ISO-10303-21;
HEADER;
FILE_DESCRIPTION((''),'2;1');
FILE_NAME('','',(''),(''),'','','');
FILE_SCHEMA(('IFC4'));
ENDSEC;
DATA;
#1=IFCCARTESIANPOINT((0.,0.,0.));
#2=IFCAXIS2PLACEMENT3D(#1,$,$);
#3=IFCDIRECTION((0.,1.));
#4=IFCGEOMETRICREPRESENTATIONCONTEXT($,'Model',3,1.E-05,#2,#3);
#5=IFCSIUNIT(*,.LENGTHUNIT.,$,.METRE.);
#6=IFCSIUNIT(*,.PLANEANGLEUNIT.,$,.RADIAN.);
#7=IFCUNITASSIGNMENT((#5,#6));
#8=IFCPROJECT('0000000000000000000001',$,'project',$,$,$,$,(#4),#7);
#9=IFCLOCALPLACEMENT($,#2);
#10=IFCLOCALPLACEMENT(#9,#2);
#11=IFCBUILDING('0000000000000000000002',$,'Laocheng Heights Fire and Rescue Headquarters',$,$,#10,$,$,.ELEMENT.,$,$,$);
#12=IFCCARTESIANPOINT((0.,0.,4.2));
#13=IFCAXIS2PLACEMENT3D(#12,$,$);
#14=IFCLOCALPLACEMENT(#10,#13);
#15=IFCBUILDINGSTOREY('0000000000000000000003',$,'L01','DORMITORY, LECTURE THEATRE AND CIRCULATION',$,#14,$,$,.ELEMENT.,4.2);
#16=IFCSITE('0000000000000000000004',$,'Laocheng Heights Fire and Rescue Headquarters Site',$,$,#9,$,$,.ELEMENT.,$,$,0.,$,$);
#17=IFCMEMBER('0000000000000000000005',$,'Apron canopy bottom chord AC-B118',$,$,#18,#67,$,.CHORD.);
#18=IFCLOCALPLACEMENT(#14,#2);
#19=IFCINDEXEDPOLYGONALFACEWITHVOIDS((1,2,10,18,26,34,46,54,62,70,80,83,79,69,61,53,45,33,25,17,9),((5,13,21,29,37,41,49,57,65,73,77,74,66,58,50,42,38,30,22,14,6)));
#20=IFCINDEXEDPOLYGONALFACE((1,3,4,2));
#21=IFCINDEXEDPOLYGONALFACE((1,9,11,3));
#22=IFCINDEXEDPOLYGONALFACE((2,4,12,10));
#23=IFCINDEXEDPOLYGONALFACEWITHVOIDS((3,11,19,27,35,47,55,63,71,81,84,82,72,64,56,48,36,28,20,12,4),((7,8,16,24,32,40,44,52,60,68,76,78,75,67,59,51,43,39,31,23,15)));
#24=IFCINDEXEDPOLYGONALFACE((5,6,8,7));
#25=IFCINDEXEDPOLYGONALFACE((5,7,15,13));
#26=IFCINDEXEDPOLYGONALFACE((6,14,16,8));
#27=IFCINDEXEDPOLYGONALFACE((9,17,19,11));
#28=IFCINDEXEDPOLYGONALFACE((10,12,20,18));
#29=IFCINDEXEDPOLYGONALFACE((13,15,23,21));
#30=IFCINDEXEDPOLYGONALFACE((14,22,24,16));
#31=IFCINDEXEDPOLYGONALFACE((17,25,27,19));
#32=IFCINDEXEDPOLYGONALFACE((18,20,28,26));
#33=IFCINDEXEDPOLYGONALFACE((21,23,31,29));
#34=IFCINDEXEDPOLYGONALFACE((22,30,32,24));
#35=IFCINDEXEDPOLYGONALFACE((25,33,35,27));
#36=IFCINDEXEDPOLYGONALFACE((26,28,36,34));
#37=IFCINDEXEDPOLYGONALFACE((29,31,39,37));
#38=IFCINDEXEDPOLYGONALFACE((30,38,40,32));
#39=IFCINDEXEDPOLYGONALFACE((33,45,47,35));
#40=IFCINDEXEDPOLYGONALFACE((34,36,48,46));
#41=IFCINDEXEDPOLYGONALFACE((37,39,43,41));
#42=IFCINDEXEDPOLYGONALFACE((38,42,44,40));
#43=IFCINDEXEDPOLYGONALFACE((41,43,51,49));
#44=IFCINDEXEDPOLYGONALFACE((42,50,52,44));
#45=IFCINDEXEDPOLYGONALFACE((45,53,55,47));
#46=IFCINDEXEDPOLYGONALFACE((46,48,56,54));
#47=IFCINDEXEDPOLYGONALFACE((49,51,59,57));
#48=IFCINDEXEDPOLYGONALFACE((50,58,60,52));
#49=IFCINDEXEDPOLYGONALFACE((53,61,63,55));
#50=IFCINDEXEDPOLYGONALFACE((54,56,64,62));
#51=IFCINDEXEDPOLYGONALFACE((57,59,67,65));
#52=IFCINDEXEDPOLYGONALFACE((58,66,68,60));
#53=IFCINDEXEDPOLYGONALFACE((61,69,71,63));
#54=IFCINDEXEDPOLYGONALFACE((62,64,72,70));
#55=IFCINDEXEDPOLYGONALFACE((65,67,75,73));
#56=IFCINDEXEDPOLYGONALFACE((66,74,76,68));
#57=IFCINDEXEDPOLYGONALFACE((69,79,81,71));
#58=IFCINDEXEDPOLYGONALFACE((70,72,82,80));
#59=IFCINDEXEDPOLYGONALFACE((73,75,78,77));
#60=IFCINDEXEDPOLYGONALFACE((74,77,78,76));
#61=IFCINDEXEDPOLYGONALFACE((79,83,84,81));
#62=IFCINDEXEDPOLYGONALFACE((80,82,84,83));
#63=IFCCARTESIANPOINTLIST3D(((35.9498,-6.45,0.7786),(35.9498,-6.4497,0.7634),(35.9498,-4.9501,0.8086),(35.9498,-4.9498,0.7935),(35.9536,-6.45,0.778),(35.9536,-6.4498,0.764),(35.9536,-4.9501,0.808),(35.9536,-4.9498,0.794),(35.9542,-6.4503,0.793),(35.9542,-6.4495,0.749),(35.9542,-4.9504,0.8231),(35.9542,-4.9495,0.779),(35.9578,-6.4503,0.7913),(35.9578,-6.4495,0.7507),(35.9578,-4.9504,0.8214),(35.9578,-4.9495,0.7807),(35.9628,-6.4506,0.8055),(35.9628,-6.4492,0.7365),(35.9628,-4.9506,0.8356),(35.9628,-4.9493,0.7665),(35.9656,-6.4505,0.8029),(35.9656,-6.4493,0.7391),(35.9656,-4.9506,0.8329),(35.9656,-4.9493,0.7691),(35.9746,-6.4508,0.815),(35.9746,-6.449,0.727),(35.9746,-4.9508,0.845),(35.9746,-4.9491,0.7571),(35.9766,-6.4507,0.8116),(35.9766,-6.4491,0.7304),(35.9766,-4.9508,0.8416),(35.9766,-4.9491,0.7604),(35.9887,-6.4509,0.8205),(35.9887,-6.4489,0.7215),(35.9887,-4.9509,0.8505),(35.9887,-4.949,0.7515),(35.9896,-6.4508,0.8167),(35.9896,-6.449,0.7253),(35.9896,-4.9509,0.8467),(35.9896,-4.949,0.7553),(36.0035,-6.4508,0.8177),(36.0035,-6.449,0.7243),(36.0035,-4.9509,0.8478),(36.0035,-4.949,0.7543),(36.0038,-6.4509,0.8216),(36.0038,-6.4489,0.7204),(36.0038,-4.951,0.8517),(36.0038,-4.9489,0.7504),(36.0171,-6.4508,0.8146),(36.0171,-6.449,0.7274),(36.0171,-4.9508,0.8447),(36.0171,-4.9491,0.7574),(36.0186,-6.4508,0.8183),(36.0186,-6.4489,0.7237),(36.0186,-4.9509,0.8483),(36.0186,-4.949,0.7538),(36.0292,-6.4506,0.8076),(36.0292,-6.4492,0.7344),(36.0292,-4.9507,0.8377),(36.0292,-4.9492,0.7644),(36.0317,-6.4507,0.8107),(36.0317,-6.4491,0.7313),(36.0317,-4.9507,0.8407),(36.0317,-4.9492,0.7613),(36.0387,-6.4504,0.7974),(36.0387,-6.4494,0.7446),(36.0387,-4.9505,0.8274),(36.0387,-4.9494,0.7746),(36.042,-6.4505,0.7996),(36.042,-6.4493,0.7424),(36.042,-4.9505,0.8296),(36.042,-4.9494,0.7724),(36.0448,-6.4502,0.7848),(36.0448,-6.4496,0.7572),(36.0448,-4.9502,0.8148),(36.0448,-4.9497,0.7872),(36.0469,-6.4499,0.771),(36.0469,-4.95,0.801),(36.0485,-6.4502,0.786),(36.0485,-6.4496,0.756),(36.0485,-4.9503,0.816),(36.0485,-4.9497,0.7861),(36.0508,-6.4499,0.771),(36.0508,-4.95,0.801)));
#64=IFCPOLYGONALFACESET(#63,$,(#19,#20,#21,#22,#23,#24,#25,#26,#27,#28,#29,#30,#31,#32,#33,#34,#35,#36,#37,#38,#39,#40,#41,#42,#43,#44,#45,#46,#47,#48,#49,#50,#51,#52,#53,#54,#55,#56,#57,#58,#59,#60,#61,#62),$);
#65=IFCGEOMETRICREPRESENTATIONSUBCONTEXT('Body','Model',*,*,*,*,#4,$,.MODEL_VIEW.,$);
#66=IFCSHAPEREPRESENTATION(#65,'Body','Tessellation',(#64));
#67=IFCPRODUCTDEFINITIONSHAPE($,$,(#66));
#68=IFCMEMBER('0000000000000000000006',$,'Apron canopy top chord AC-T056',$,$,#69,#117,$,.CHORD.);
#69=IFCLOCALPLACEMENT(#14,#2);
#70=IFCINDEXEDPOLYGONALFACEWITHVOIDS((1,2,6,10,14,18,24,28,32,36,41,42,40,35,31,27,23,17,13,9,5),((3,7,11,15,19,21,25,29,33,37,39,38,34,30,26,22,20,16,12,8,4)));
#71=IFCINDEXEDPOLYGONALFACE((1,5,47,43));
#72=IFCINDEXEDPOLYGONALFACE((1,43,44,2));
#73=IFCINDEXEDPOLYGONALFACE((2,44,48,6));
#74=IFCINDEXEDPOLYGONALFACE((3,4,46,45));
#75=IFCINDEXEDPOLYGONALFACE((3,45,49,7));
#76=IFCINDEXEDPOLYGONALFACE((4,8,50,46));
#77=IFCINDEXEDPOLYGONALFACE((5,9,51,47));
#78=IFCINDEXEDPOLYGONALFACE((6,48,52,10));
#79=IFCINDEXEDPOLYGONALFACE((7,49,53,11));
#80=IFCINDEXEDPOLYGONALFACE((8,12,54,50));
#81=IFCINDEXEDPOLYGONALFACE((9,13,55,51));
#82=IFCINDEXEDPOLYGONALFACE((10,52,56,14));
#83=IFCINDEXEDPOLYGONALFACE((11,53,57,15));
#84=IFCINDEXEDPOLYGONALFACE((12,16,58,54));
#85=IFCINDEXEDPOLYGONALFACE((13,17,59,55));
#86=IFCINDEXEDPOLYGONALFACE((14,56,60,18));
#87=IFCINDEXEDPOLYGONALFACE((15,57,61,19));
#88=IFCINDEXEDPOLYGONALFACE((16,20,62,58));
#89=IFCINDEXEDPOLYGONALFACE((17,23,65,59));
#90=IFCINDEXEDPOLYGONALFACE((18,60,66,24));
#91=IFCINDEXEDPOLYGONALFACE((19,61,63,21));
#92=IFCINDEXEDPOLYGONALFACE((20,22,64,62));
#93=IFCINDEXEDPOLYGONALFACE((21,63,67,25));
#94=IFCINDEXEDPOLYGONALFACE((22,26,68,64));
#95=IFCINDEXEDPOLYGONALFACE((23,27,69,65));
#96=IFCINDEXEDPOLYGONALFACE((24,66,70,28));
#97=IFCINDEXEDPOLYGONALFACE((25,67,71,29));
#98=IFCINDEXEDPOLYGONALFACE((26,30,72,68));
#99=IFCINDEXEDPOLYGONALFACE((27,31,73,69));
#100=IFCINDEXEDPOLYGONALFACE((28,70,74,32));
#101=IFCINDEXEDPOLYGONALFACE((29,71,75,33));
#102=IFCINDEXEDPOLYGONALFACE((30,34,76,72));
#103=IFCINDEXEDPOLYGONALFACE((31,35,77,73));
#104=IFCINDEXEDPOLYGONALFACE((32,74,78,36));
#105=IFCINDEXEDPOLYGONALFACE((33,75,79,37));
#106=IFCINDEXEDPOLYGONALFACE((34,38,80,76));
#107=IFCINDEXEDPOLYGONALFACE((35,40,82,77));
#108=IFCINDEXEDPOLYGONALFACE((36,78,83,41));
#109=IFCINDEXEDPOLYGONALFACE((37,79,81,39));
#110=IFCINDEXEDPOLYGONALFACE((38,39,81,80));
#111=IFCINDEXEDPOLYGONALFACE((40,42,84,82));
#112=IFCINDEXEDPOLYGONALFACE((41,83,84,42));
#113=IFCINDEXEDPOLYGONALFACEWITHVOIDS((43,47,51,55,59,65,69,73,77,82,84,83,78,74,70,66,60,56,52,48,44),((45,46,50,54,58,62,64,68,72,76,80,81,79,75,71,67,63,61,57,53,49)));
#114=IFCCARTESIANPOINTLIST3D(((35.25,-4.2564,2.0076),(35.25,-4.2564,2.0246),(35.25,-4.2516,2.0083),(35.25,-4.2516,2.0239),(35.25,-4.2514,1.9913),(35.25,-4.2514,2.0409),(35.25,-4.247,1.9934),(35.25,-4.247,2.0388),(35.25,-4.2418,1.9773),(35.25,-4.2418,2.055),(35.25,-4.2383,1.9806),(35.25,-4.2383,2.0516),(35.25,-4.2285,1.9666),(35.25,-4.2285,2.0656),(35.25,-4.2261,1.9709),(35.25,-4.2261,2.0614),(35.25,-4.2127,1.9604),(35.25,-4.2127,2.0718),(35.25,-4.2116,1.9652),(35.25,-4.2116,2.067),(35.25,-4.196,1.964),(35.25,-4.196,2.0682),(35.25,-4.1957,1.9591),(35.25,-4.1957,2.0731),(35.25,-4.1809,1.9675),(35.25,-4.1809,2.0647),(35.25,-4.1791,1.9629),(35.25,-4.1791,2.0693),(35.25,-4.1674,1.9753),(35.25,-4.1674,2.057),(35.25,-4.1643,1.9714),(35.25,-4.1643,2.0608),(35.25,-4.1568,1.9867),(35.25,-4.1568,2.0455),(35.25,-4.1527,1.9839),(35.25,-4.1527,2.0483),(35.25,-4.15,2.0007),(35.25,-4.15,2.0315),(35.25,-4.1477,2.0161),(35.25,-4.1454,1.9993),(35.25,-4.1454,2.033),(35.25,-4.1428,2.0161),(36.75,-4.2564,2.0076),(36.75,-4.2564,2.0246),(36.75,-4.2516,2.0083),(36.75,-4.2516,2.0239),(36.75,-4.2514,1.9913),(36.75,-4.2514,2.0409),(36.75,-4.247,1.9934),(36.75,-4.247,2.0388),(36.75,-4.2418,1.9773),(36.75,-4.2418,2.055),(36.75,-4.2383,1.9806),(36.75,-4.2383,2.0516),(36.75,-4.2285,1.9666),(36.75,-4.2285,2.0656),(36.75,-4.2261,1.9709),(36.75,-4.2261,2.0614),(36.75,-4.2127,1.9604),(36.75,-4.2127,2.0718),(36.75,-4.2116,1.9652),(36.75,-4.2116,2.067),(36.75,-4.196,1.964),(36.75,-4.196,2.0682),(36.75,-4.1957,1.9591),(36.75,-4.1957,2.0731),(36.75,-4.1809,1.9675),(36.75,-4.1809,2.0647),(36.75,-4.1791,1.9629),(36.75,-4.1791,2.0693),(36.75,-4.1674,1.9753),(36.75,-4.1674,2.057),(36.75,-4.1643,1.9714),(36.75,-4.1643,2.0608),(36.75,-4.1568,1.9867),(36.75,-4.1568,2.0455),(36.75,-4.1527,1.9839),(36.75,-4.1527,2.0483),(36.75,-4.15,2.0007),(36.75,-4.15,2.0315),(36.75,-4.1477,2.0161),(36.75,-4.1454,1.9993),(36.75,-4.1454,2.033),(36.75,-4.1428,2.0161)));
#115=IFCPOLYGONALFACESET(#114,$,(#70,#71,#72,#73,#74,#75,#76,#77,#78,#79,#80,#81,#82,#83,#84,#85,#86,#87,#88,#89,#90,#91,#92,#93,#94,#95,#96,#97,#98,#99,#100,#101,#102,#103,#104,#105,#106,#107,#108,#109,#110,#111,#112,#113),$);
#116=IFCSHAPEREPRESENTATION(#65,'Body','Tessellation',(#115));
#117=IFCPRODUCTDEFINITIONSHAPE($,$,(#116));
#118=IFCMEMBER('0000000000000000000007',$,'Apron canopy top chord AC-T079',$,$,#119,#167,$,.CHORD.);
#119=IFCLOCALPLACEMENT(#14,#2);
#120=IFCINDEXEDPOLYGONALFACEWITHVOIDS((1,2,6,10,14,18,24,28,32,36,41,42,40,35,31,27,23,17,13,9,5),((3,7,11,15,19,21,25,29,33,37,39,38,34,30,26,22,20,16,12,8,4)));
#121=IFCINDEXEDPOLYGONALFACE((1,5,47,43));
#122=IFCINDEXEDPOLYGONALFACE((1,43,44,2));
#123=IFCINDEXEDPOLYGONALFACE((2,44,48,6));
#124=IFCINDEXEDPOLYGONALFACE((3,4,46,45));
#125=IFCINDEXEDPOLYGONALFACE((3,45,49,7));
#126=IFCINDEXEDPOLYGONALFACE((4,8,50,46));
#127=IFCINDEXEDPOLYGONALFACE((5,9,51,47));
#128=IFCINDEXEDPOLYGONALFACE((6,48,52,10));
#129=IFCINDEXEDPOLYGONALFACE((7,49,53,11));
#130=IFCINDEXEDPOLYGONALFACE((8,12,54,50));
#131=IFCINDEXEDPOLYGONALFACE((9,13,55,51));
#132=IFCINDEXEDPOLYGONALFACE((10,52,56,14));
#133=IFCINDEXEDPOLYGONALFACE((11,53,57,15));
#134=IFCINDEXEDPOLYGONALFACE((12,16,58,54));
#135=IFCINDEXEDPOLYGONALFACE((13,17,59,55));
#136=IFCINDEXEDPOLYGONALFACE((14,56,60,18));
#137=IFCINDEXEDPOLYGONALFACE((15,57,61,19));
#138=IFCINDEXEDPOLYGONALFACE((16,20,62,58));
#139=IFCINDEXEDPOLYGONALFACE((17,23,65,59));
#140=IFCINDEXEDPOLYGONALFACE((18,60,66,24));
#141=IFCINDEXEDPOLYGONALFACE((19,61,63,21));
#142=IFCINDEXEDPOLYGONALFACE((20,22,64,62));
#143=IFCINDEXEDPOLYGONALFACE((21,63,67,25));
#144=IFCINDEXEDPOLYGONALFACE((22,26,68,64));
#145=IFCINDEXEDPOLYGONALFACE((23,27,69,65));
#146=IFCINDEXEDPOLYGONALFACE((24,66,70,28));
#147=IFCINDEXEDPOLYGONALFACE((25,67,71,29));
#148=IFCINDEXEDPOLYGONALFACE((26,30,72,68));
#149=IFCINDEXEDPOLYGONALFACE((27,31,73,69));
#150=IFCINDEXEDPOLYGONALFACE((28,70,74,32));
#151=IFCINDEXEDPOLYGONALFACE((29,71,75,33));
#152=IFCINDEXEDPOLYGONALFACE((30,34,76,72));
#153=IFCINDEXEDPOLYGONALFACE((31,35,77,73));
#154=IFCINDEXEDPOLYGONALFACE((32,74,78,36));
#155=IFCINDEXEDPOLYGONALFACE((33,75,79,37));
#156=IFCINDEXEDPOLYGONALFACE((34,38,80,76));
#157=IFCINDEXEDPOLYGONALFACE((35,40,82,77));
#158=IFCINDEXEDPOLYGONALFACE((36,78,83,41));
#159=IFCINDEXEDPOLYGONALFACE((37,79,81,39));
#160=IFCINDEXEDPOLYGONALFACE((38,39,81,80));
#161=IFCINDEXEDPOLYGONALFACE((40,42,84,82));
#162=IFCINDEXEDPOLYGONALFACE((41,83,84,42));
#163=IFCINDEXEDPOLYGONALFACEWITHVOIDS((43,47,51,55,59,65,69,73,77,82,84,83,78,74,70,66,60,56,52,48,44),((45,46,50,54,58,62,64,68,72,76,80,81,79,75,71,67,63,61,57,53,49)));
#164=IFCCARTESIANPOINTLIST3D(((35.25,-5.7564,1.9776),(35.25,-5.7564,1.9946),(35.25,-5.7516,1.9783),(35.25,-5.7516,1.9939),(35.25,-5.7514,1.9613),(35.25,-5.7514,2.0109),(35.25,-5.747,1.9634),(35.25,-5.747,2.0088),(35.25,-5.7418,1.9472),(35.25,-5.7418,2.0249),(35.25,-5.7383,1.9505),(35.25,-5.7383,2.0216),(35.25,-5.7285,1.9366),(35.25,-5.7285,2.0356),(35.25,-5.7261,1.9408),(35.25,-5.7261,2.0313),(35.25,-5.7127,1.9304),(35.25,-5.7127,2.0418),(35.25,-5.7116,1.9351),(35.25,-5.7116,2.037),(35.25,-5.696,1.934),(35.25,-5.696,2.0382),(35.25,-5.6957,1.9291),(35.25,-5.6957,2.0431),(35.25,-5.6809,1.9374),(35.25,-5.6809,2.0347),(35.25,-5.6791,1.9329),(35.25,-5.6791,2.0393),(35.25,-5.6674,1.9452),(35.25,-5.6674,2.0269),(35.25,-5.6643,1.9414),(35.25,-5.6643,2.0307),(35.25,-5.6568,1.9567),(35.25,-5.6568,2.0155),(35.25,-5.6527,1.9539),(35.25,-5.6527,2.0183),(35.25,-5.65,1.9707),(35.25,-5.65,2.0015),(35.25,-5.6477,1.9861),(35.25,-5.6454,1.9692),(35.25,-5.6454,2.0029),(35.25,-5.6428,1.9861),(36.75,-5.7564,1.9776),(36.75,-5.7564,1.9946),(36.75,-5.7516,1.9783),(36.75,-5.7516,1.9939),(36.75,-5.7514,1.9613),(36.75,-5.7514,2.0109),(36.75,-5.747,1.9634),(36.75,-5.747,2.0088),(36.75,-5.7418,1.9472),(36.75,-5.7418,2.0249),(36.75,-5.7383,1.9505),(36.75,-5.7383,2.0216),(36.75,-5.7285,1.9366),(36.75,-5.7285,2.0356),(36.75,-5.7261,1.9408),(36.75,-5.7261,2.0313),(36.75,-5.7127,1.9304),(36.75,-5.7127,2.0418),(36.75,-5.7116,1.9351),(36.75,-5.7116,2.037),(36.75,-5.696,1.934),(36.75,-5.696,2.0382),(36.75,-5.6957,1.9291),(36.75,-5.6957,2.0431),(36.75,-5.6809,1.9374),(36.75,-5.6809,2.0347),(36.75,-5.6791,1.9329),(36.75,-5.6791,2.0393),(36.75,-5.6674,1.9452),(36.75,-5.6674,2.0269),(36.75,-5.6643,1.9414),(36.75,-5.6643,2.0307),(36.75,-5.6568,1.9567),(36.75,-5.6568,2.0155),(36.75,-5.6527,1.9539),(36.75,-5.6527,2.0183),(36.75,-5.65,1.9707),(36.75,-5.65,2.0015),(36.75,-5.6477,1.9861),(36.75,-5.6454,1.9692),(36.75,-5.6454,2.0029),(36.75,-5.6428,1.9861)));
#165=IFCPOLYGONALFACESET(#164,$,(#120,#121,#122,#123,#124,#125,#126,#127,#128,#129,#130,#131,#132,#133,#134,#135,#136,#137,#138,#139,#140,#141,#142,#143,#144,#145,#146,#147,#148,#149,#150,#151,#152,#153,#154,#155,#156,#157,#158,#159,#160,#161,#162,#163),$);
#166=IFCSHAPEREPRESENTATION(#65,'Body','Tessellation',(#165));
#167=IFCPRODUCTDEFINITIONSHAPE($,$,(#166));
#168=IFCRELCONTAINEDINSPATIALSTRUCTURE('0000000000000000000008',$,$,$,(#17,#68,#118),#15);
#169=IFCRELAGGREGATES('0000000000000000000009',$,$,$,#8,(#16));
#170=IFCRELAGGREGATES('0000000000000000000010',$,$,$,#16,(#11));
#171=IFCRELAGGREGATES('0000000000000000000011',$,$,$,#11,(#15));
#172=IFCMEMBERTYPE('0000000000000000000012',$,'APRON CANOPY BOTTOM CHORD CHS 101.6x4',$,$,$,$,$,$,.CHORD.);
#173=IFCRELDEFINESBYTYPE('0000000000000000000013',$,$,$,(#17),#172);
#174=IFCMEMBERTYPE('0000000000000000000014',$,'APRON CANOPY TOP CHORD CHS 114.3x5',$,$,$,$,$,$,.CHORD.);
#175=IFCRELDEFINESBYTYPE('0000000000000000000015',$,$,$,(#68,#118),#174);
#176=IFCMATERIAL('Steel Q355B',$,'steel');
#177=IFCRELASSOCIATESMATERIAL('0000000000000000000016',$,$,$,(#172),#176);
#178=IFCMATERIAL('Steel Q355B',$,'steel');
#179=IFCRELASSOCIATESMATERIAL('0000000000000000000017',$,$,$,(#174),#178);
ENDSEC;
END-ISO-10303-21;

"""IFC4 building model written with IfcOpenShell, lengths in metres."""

from ifc_helpers import new_model, si_unit, direction, frame, origin, origin_2d, place, context, subcontext, project, spatial, hollow_circle, extrude, material, material_profile, profile_set, type_object, element, save


model = new_model("IFC4")

# Units and contexts
model_context = context("Model", 3, precision=1e-05, world=origin(), true_north=direction((0.0, 1.0)))
body_context = subcontext(model_context, "Body", "Model", "MODEL_VIEW")
ifc_project = project(units=[si_unit("LENGTHUNIT", "METRE"), si_unit("PLANEANGLEUNIT", "RADIAN")], contexts=[model_context])

# Site, building, storey
site_placement = place(None, origin())
site = spatial("IfcSite", under=ifc_project, at=site_placement, Name="Laocheng Heights Fire and Rescue Headquarters Site", CompositionType="ELEMENT", RefElevation=0.0)
building_placement = place(site_placement, origin())
building = spatial("IfcBuilding", under=site, at=building_placement, Name="Laocheng Heights Fire and Rescue Headquarters", CompositionType="ELEMENT")
storey_placement = place(building_placement, frame((0.0, 0.0, 4.2)))
storey = spatial("IfcBuildingStorey", under=building, at=storey_placement, Name="L01", Description="DORMITORY, LECTURE THEATRE AND CIRCULATION", CompositionType="ELEMENT", Elevation=4.2)

# Members
ifc_material_1 = material(Name="Steel Q355B", Category="steel")
ifc_material_profile_1 = material_profile(ifc_material_1, hollow_circle(Radius=0.0508, WallThickness=0.0039, at=origin_2d()), Name="CHS 101.6x4")
ifc_profile_set_1 = profile_set([ifc_material_profile_1], Name="Steel Q355B")
member_type_1 = type_object("IfcMemberType", Name="APRON CANOPY BOTTOM CHORD CHS 101.6x4", PredefinedType="CHORD", material=ifc_profile_set_1)
for number, where, z_axis, x_axis, name in (
    (1, (36.0, -4.95, 0.801), (0.0, -0.9998, -0.020016), (1.0, 0.0, 0.0), "Apron canopy bottom chord AC-B118"),
):
    element("IfcMember", number, at=place(storey_placement, frame(where, z_axis=z_axis, x_axis=x_axis)), inside=storey, type_object=member_type_1, Name=name, PredefinedType="CHORD", context=body_context, shape_type="SweptSolid", body=[
        extrude(hollow_circle(Radius=0.0508, WallThickness=0.0039, at=origin_2d()), origin(), (0.0, 0.0, 1.0), 1.5002),
    ])
ifc_material_2 = material(Name="Steel Q355B", Category="steel")
ifc_material_profile_2 = material_profile(ifc_material_2, hollow_circle(Radius=0.0571, WallThickness=0.0049, at=origin_2d()), Name="CHS 114.3x5")
ifc_profile_set_2 = profile_set([ifc_material_profile_2], Name="Steel Q355B")
member_type_2 = type_object("IfcMemberType", Name="APRON CANOPY TOP CHORD CHS 114.3x5", PredefinedType="CHORD", material=ifc_profile_set_2)
for number, where, z_axis, x_axis, name in (
    (2, (35.25, -4.2, 2.0161), (1.0, 0.0, 0.0), (0.0, 1.0, 0.0), "Apron canopy top chord AC-T056"),
    (3, (35.25, -5.7, 1.9861), (1.0, 0.0, 0.0), (0.0, 1.0, 0.0), "Apron canopy top chord AC-T079"),
):
    element("IfcMember", number, at=place(storey_placement, frame(where, z_axis=z_axis, x_axis=x_axis)), inside=storey, type_object=member_type_2, Name=name, PredefinedType="CHORD", context=body_context, shape_type="SweptSolid", body=[
        extrude(hollow_circle(Radius=0.0571, WallThickness=0.0049, at=origin_2d()), origin(), (0.0, 0.0, 1.0), 1.5),
    ])

save(model, "model.ifc")
